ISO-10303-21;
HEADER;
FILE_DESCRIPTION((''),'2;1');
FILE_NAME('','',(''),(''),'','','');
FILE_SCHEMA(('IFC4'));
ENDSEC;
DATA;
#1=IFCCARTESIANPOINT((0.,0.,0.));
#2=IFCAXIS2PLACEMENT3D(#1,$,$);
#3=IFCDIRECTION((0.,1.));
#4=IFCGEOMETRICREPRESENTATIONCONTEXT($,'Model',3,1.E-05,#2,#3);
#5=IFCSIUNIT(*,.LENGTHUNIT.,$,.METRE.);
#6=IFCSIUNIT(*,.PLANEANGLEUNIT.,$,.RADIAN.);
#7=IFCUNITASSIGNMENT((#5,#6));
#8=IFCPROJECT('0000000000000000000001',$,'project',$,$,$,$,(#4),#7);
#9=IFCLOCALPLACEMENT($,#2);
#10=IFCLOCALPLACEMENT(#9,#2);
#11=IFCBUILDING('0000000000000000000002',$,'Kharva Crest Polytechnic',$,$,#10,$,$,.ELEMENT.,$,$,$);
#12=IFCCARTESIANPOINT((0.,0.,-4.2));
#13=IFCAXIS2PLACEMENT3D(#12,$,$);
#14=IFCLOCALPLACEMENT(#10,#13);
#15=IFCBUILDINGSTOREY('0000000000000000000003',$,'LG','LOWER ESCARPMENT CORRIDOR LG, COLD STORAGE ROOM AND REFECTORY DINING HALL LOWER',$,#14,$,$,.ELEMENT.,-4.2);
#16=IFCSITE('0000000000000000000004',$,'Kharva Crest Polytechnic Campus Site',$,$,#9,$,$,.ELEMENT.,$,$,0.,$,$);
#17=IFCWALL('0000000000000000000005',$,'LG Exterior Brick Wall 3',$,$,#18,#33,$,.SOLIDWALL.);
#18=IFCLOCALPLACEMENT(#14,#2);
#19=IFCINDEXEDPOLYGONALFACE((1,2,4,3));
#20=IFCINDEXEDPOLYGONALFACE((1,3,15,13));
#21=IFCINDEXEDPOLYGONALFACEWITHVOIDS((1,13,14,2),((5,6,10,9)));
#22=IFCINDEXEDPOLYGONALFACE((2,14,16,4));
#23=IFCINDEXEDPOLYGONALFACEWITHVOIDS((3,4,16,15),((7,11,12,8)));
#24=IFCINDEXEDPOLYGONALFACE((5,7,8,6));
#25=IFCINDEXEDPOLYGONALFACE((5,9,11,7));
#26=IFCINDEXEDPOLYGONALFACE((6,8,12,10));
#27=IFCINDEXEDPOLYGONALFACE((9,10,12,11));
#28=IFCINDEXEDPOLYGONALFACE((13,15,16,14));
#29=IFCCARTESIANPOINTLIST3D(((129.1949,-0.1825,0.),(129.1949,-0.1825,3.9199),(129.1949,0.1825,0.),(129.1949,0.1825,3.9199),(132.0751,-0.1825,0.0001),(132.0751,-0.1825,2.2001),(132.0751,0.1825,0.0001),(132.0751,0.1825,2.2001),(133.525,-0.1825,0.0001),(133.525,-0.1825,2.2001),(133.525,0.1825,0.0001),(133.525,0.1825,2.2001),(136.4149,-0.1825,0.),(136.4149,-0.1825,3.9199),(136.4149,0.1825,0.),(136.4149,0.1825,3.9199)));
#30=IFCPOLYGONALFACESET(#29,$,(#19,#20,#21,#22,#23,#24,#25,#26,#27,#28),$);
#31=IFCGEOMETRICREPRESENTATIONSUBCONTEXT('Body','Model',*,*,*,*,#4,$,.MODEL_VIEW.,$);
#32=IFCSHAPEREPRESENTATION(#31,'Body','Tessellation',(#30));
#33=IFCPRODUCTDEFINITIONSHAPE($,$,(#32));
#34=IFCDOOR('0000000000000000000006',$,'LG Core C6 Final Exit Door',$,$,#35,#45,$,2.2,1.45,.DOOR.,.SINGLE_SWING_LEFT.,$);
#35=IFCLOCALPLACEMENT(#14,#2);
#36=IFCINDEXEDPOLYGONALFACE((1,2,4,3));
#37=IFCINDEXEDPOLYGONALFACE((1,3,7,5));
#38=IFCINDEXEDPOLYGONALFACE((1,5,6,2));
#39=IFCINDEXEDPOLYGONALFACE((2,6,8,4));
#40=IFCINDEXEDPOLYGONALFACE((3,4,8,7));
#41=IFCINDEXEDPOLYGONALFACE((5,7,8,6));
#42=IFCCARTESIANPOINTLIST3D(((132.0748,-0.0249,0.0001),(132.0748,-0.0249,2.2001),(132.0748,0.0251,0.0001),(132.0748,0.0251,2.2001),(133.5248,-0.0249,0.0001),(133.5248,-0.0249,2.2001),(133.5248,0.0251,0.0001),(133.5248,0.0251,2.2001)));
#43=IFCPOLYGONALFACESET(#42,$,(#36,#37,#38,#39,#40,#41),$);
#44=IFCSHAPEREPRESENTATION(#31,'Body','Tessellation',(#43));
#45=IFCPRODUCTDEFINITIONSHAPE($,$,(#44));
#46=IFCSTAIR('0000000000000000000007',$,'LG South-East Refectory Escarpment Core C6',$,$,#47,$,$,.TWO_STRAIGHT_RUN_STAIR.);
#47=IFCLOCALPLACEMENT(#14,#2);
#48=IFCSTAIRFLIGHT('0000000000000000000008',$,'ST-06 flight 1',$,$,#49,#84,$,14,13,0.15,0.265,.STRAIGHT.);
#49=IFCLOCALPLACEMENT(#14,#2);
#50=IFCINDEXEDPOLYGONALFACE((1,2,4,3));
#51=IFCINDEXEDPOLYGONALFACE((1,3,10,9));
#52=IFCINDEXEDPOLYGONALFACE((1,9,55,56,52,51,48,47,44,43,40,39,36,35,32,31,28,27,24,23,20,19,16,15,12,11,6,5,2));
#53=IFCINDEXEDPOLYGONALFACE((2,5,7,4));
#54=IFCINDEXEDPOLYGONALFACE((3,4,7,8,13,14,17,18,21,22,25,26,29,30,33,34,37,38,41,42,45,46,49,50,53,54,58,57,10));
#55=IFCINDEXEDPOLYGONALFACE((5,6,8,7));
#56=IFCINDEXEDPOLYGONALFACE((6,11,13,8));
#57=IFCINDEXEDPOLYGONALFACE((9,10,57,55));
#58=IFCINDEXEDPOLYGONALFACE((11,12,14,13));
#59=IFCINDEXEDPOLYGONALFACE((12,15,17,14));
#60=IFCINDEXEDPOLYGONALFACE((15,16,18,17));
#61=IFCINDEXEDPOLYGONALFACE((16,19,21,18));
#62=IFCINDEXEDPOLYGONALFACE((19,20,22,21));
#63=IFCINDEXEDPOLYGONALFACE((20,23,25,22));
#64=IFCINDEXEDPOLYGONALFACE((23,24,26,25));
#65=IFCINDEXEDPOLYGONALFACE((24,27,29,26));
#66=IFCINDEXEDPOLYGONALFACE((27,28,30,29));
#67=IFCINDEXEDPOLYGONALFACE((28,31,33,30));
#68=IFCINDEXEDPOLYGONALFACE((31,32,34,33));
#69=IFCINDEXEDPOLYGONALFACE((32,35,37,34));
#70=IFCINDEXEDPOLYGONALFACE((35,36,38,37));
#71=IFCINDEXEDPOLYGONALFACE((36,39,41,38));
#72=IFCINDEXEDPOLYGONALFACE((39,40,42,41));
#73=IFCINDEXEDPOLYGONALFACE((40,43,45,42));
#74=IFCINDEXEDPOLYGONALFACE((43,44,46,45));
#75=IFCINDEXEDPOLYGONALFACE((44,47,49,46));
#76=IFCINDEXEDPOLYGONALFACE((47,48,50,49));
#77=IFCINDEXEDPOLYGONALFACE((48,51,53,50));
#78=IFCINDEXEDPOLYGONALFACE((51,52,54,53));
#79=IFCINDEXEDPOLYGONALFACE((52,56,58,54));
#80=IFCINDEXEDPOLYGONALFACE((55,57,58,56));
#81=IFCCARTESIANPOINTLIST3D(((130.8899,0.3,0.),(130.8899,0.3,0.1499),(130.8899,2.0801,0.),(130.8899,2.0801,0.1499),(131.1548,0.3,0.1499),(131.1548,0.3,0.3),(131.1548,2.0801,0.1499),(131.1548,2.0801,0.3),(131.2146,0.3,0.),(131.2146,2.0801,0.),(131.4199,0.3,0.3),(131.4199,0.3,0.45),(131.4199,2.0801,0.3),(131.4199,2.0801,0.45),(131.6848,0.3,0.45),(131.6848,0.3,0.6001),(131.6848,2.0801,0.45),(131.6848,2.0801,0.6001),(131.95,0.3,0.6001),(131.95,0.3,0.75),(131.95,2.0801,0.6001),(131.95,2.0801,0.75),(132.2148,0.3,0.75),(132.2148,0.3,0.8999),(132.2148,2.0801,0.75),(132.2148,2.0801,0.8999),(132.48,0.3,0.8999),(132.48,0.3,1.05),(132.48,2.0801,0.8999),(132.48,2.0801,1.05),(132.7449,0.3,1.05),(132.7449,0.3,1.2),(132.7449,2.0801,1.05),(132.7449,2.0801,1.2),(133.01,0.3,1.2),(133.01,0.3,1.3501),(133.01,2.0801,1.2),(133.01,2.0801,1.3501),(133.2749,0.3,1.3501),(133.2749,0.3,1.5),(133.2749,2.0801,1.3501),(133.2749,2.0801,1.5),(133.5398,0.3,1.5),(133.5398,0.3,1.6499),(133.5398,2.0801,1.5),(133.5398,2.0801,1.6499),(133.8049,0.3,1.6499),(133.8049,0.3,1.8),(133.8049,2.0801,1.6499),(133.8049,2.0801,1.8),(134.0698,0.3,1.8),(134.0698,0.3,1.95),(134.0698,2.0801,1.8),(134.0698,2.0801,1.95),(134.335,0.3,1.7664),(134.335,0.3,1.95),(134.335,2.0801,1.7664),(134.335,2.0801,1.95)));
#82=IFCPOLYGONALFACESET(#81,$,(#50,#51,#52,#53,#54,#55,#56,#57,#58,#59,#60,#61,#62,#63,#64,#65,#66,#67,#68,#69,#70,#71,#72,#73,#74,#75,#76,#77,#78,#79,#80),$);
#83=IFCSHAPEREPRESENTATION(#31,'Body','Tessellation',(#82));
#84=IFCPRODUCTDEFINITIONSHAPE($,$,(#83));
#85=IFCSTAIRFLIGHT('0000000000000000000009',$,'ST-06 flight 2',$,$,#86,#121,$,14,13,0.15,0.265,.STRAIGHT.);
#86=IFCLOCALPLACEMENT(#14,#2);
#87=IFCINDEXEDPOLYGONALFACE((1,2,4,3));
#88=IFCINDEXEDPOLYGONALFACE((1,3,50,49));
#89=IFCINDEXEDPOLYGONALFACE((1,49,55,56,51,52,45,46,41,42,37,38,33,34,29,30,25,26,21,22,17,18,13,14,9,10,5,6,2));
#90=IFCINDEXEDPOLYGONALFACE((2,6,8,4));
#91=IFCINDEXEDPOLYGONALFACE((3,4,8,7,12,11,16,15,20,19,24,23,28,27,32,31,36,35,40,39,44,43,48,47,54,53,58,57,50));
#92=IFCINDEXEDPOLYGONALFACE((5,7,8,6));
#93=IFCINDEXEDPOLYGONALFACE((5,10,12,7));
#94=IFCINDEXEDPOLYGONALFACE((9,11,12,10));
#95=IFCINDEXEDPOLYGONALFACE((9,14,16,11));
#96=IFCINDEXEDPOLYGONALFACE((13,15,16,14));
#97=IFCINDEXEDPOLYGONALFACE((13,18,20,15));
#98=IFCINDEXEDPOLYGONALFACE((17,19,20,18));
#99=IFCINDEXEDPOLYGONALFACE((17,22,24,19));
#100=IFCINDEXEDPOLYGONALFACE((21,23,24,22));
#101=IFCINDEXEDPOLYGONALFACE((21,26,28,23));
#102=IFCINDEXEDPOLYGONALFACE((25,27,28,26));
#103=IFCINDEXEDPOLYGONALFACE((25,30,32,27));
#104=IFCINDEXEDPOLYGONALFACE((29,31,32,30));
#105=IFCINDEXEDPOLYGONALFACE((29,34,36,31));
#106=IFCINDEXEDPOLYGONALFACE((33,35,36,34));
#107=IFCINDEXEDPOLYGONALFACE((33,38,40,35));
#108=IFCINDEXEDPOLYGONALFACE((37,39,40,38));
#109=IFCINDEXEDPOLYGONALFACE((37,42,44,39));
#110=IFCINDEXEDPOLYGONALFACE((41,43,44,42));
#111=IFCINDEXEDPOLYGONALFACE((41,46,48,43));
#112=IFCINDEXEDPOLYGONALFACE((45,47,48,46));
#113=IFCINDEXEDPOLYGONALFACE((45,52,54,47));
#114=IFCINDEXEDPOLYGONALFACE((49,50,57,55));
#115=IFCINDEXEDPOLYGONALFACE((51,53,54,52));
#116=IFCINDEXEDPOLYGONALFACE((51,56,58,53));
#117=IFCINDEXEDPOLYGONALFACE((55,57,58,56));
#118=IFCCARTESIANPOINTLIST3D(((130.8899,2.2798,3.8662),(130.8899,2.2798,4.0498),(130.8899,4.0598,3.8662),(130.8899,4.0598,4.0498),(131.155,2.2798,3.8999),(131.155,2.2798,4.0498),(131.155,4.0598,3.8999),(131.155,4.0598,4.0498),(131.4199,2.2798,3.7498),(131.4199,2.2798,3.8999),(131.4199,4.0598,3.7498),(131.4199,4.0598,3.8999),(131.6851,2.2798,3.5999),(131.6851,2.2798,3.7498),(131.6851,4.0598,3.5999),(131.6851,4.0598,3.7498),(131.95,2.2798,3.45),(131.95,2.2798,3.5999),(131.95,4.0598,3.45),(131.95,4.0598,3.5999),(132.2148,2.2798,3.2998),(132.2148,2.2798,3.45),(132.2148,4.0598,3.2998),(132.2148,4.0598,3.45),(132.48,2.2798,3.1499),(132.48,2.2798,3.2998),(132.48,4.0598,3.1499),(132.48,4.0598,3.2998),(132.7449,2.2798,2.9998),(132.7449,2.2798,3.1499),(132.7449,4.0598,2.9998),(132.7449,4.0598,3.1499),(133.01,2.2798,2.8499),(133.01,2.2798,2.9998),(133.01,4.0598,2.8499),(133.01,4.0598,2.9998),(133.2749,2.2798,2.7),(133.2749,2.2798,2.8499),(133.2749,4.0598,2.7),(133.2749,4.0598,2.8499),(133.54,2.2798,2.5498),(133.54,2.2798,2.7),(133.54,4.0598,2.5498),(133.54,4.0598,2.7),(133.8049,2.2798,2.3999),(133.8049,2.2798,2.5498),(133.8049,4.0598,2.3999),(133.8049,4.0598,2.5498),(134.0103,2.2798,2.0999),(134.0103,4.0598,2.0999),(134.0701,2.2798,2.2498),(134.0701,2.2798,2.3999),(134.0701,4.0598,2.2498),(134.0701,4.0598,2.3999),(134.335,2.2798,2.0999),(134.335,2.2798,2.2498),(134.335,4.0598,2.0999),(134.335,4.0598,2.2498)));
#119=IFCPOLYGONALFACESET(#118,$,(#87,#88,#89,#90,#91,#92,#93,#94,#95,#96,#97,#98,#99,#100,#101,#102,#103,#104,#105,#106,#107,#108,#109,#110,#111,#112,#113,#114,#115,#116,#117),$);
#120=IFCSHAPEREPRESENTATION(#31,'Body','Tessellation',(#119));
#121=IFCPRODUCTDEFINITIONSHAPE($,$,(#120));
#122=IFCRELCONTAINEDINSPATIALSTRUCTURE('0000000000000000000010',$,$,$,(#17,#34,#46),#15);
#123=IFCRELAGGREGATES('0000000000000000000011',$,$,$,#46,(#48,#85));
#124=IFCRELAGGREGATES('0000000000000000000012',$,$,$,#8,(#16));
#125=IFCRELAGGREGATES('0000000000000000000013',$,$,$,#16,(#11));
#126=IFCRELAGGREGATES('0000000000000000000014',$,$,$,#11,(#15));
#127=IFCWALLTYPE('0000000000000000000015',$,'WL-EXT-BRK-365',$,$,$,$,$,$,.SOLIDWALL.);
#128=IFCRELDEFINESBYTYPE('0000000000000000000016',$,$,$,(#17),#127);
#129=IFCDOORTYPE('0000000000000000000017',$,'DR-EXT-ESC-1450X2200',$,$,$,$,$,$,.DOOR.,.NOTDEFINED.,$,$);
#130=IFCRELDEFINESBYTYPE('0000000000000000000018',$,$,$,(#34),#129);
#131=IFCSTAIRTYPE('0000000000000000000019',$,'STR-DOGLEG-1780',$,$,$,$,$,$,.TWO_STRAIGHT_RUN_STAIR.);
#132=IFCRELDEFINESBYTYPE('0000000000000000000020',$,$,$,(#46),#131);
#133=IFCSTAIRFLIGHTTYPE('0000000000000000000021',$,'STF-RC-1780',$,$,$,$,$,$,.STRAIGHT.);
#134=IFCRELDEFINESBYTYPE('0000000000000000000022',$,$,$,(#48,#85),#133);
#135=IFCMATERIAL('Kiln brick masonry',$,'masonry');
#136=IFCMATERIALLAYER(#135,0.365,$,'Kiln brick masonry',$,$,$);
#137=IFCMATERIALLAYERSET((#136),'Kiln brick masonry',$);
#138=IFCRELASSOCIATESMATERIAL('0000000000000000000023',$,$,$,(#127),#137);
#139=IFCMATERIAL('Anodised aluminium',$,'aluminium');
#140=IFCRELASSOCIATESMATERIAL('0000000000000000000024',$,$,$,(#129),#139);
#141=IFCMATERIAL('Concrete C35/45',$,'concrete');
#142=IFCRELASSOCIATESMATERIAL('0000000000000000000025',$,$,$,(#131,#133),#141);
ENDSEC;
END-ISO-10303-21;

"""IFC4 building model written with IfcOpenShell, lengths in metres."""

from ifc_helpers import new_model, si_unit, direction, frame, frame_2d, origin, place, context, subcontext, project, spatial, polyline, rectangle, outline, extrude, material, layer, layer_set, type_object, element, fill, aggregate, save


model = new_model("IFC4")

# Units and contexts
model_context = context("Model", 3, precision=1e-05, world=origin(), true_north=direction((0.0, 1.0)))
body_context = subcontext(model_context, "Body", "Model", "MODEL_VIEW")
ifc_project = project(units=[si_unit("LENGTHUNIT", "METRE"), si_unit("PLANEANGLEUNIT", "RADIAN")], contexts=[model_context])

# Site, building, storey
site_placement = place(None, origin())
site = spatial("IfcSite", under=ifc_project, at=site_placement, Name="Kharva Crest Polytechnic Campus Site", CompositionType="ELEMENT", RefElevation=0.0)
building_placement = place(site_placement, origin())
building = spatial("IfcBuilding", under=site, at=building_placement, Name="Kharva Crest Polytechnic", CompositionType="ELEMENT")
storey_placement = place(building_placement, frame((0.0, 0.0, -4.2)))
storey = spatial("IfcBuildingStorey", under=building, at=storey_placement, Name="LG", Description="LOWER ESCARPMENT CORRIDOR LG, COLD STORAGE ROOM AND REFECTORY DINING HALL LOWER", CompositionType="ELEMENT", Elevation=-4.2)

# Shared definitions
ifc_material_1 = material(Name="Concrete C35/45", Category="concrete")

# Wall, opening, door
ifc_material_2 = material(Name="Kiln brick masonry", Category="masonry")
ifc_layer_1 = layer(ifc_material_2, 0.365, Name="Kiln brick masonry")
ifc_layer_set_1 = layer_set([ifc_layer_1], Name="Kiln brick masonry")
wall_type_1 = type_object("IfcWallType", Name="WL-EXT-BRK-365", PredefinedType="SOLIDWALL", material=ifc_layer_set_1)
wall_placement = place(storey_placement, frame((129.1951, 0.0, 0.0), z_axis=(0.0, 0.0, 1.0), x_axis=(1.0, 0.0, 0.0)))
wall = element("IfcWall", 1, at=wall_placement, inside=storey, type_object=wall_type_1, Name="LG Exterior Brick Wall 3", PredefinedType="SOLIDWALL", context=body_context, shape_type="SweptSolid", body=[
    extrude(rectangle(XDim=7.22, YDim=0.365, at=frame_2d((3.6099, 0.0))), origin(), (0.0, 0.0, 1.0), 3.9199),
])
opening_placement = place(wall_placement, frame((2.8799, 0.0, 0.0)))
opening = element("IfcOpeningElement", 2, at=opening_placement, cuts=wall, PredefinedType="OPENING", context=body_context, shape_type="SweptSolid", body=[
    extrude(rectangle(XDim=1.45, YDim=2.2, at=frame_2d((0.7251, 1.1001))), frame((0.0, 0.1924, 0.0), z_axis=(0.0, -1.0, 0.0), x_axis=(1.0, 0.0, 0.0)), (0.0, 0.0, 1.0), 0.385),
])
ifc_material_3 = material(Name="Anodised aluminium", Category="aluminium")
door_type = type_object("IfcDoorType", Name="DR-EXT-ESC-1450X2200", OperationType="NOTDEFINED", PredefinedType="DOOR", material=ifc_material_3)
door_placement = place(opening_placement, frame((1.45, 0.0, 0.0), z_axis=(0.0, 0.0, 1.0), x_axis=(-1.0, 0.0, 0.0)))
door = element("IfcDoor", 3, at=door_placement, inside=storey, type_object=door_type, Name="LG Core C6 Final Exit Door", OperationType="SINGLE_SWING_LEFT", OverallHeight=2.2, OverallWidth=1.45, PredefinedType="DOOR", context=body_context, shape_type="SweptSolid", body=[
    extrude(rectangle(XDim=1.45, YDim=2.2, at=frame_2d((0.7251, 1.1001))), frame((0.0, 0.0249, 0.0), z_axis=(0.0, -1.0, 0.0), x_axis=(1.0, 0.0, 0.0)), (0.0, 0.0, 1.0), 0.05),
])
fill(opening, door)

# Stair, stair flights
stair_type = type_object("IfcStairType", Name="STR-DOGLEG-1780", PredefinedType="TWO_STRAIGHT_RUN_STAIR", material=ifc_material_1)
stair_placement = place(storey_placement, origin())
stair = element("IfcStair", 4, at=stair_placement, inside=storey, type_object=stair_type, Name="LG South-East Refectory Escarpment Core C6", PredefinedType="TWO_STRAIGHT_RUN_STAIR")
stair_flight_type = type_object("IfcStairFlightType", Name="STF-RC-1780", PredefinedType="STRAIGHT", material=ifc_material_1)
stair_flight_1_placement = place(storey_placement, frame((130.8899, 1.1899, 0.0), z_axis=(0.0, 0.0, 1.0), x_axis=(1.0, 0.0, 0.0)))
stair_flight_1 = element("IfcStairFlight", 5, at=stair_flight_1_placement, type_object=stair_flight_type, Name="ST-06 flight 1", NumberOfRisers=14, NumberOfTreads=13, PredefinedType="STRAIGHT", RiserHeight=0.15, TreadLength=0.265, context=body_context, shape_type="SweptSolid", body=[
    extrude(outline(polyline([(0.0, 0.0), (0.0, 0.1499), (0.2649, 0.1499), (0.2649, 0.3), (0.53, 0.3), (0.53, 0.45), (0.7949, 0.45), (0.7949, 0.6001), (1.0601, 0.6001), (1.0601, 0.75), (1.325, 0.75), (1.325, 0.8999), (1.5901, 0.8999), (1.5901, 1.05), (1.855, 1.05), (1.855, 1.2), (2.1201, 1.2), (2.1201, 1.3501), (2.385, 1.3501), (2.385, 1.5), (2.6499, 1.5), (2.6499, 1.6499), (2.915, 1.6499), (2.915, 1.8), (3.1799, 1.8), (3.1799, 1.95), (3.4451, 1.95), (3.4451, 2.1001), (3.4451, 1.7664), (0.3247, 0.0), (0.0, 0.0)])), frame((0.0, 0.8901, 0.0), z_axis=(0.0, -1.0, 0.0), x_axis=(1.0, 0.0, 0.0)), (0.0, 0.0, 1.0), 1.78),
])
stair_flight_2_placement = place(storey_placement, frame((134.335, 3.1699, 2.0999), z_axis=(0.0, 0.0, 1.0), x_axis=(-1.0, 0.0, 0.0)))
stair_flight_2 = element("IfcStairFlight", 6, at=stair_flight_2_placement, type_object=stair_flight_type, Name="ST-06 flight 2", NumberOfRisers=14, NumberOfTreads=13, PredefinedType="STRAIGHT", RiserHeight=0.15, TreadLength=0.265, context=body_context, shape_type="SweptSolid", body=[
    extrude(outline(polyline([(0.0, 0.0), (0.0, 0.1499), (0.2649, 0.1499), (0.2649, 0.3), (0.53, 0.3), (0.53, 0.45), (0.7949, 0.45), (0.7949, 0.6001), (1.0601, 0.6001), (1.0601, 0.75), (1.325, 0.75), (1.325, 0.8999), (1.5901, 0.8999), (1.5901, 1.05), (1.855, 1.05), (1.855, 1.2), (2.1201, 1.2), (2.1201, 1.3501), (2.385, 1.3501), (2.385, 1.5), (2.6499, 1.5), (2.6499, 1.6499), (2.915, 1.6499), (2.915, 1.8), (3.1799, 1.8), (3.1799, 1.95), (3.4451, 1.95), (3.4451, 2.1001), (3.4451, 1.7664), (0.3247, 0.0), (0.0, 0.0)])), frame((0.0, 0.8901, 0.0), z_axis=(0.0, -1.0, 0.0), x_axis=(1.0, 0.0, 0.0)), (0.0, 0.0, 1.0), 1.78),
])
aggregate(stair, [stair_flight_1, stair_flight_2])

save(model, "model.ifc")
